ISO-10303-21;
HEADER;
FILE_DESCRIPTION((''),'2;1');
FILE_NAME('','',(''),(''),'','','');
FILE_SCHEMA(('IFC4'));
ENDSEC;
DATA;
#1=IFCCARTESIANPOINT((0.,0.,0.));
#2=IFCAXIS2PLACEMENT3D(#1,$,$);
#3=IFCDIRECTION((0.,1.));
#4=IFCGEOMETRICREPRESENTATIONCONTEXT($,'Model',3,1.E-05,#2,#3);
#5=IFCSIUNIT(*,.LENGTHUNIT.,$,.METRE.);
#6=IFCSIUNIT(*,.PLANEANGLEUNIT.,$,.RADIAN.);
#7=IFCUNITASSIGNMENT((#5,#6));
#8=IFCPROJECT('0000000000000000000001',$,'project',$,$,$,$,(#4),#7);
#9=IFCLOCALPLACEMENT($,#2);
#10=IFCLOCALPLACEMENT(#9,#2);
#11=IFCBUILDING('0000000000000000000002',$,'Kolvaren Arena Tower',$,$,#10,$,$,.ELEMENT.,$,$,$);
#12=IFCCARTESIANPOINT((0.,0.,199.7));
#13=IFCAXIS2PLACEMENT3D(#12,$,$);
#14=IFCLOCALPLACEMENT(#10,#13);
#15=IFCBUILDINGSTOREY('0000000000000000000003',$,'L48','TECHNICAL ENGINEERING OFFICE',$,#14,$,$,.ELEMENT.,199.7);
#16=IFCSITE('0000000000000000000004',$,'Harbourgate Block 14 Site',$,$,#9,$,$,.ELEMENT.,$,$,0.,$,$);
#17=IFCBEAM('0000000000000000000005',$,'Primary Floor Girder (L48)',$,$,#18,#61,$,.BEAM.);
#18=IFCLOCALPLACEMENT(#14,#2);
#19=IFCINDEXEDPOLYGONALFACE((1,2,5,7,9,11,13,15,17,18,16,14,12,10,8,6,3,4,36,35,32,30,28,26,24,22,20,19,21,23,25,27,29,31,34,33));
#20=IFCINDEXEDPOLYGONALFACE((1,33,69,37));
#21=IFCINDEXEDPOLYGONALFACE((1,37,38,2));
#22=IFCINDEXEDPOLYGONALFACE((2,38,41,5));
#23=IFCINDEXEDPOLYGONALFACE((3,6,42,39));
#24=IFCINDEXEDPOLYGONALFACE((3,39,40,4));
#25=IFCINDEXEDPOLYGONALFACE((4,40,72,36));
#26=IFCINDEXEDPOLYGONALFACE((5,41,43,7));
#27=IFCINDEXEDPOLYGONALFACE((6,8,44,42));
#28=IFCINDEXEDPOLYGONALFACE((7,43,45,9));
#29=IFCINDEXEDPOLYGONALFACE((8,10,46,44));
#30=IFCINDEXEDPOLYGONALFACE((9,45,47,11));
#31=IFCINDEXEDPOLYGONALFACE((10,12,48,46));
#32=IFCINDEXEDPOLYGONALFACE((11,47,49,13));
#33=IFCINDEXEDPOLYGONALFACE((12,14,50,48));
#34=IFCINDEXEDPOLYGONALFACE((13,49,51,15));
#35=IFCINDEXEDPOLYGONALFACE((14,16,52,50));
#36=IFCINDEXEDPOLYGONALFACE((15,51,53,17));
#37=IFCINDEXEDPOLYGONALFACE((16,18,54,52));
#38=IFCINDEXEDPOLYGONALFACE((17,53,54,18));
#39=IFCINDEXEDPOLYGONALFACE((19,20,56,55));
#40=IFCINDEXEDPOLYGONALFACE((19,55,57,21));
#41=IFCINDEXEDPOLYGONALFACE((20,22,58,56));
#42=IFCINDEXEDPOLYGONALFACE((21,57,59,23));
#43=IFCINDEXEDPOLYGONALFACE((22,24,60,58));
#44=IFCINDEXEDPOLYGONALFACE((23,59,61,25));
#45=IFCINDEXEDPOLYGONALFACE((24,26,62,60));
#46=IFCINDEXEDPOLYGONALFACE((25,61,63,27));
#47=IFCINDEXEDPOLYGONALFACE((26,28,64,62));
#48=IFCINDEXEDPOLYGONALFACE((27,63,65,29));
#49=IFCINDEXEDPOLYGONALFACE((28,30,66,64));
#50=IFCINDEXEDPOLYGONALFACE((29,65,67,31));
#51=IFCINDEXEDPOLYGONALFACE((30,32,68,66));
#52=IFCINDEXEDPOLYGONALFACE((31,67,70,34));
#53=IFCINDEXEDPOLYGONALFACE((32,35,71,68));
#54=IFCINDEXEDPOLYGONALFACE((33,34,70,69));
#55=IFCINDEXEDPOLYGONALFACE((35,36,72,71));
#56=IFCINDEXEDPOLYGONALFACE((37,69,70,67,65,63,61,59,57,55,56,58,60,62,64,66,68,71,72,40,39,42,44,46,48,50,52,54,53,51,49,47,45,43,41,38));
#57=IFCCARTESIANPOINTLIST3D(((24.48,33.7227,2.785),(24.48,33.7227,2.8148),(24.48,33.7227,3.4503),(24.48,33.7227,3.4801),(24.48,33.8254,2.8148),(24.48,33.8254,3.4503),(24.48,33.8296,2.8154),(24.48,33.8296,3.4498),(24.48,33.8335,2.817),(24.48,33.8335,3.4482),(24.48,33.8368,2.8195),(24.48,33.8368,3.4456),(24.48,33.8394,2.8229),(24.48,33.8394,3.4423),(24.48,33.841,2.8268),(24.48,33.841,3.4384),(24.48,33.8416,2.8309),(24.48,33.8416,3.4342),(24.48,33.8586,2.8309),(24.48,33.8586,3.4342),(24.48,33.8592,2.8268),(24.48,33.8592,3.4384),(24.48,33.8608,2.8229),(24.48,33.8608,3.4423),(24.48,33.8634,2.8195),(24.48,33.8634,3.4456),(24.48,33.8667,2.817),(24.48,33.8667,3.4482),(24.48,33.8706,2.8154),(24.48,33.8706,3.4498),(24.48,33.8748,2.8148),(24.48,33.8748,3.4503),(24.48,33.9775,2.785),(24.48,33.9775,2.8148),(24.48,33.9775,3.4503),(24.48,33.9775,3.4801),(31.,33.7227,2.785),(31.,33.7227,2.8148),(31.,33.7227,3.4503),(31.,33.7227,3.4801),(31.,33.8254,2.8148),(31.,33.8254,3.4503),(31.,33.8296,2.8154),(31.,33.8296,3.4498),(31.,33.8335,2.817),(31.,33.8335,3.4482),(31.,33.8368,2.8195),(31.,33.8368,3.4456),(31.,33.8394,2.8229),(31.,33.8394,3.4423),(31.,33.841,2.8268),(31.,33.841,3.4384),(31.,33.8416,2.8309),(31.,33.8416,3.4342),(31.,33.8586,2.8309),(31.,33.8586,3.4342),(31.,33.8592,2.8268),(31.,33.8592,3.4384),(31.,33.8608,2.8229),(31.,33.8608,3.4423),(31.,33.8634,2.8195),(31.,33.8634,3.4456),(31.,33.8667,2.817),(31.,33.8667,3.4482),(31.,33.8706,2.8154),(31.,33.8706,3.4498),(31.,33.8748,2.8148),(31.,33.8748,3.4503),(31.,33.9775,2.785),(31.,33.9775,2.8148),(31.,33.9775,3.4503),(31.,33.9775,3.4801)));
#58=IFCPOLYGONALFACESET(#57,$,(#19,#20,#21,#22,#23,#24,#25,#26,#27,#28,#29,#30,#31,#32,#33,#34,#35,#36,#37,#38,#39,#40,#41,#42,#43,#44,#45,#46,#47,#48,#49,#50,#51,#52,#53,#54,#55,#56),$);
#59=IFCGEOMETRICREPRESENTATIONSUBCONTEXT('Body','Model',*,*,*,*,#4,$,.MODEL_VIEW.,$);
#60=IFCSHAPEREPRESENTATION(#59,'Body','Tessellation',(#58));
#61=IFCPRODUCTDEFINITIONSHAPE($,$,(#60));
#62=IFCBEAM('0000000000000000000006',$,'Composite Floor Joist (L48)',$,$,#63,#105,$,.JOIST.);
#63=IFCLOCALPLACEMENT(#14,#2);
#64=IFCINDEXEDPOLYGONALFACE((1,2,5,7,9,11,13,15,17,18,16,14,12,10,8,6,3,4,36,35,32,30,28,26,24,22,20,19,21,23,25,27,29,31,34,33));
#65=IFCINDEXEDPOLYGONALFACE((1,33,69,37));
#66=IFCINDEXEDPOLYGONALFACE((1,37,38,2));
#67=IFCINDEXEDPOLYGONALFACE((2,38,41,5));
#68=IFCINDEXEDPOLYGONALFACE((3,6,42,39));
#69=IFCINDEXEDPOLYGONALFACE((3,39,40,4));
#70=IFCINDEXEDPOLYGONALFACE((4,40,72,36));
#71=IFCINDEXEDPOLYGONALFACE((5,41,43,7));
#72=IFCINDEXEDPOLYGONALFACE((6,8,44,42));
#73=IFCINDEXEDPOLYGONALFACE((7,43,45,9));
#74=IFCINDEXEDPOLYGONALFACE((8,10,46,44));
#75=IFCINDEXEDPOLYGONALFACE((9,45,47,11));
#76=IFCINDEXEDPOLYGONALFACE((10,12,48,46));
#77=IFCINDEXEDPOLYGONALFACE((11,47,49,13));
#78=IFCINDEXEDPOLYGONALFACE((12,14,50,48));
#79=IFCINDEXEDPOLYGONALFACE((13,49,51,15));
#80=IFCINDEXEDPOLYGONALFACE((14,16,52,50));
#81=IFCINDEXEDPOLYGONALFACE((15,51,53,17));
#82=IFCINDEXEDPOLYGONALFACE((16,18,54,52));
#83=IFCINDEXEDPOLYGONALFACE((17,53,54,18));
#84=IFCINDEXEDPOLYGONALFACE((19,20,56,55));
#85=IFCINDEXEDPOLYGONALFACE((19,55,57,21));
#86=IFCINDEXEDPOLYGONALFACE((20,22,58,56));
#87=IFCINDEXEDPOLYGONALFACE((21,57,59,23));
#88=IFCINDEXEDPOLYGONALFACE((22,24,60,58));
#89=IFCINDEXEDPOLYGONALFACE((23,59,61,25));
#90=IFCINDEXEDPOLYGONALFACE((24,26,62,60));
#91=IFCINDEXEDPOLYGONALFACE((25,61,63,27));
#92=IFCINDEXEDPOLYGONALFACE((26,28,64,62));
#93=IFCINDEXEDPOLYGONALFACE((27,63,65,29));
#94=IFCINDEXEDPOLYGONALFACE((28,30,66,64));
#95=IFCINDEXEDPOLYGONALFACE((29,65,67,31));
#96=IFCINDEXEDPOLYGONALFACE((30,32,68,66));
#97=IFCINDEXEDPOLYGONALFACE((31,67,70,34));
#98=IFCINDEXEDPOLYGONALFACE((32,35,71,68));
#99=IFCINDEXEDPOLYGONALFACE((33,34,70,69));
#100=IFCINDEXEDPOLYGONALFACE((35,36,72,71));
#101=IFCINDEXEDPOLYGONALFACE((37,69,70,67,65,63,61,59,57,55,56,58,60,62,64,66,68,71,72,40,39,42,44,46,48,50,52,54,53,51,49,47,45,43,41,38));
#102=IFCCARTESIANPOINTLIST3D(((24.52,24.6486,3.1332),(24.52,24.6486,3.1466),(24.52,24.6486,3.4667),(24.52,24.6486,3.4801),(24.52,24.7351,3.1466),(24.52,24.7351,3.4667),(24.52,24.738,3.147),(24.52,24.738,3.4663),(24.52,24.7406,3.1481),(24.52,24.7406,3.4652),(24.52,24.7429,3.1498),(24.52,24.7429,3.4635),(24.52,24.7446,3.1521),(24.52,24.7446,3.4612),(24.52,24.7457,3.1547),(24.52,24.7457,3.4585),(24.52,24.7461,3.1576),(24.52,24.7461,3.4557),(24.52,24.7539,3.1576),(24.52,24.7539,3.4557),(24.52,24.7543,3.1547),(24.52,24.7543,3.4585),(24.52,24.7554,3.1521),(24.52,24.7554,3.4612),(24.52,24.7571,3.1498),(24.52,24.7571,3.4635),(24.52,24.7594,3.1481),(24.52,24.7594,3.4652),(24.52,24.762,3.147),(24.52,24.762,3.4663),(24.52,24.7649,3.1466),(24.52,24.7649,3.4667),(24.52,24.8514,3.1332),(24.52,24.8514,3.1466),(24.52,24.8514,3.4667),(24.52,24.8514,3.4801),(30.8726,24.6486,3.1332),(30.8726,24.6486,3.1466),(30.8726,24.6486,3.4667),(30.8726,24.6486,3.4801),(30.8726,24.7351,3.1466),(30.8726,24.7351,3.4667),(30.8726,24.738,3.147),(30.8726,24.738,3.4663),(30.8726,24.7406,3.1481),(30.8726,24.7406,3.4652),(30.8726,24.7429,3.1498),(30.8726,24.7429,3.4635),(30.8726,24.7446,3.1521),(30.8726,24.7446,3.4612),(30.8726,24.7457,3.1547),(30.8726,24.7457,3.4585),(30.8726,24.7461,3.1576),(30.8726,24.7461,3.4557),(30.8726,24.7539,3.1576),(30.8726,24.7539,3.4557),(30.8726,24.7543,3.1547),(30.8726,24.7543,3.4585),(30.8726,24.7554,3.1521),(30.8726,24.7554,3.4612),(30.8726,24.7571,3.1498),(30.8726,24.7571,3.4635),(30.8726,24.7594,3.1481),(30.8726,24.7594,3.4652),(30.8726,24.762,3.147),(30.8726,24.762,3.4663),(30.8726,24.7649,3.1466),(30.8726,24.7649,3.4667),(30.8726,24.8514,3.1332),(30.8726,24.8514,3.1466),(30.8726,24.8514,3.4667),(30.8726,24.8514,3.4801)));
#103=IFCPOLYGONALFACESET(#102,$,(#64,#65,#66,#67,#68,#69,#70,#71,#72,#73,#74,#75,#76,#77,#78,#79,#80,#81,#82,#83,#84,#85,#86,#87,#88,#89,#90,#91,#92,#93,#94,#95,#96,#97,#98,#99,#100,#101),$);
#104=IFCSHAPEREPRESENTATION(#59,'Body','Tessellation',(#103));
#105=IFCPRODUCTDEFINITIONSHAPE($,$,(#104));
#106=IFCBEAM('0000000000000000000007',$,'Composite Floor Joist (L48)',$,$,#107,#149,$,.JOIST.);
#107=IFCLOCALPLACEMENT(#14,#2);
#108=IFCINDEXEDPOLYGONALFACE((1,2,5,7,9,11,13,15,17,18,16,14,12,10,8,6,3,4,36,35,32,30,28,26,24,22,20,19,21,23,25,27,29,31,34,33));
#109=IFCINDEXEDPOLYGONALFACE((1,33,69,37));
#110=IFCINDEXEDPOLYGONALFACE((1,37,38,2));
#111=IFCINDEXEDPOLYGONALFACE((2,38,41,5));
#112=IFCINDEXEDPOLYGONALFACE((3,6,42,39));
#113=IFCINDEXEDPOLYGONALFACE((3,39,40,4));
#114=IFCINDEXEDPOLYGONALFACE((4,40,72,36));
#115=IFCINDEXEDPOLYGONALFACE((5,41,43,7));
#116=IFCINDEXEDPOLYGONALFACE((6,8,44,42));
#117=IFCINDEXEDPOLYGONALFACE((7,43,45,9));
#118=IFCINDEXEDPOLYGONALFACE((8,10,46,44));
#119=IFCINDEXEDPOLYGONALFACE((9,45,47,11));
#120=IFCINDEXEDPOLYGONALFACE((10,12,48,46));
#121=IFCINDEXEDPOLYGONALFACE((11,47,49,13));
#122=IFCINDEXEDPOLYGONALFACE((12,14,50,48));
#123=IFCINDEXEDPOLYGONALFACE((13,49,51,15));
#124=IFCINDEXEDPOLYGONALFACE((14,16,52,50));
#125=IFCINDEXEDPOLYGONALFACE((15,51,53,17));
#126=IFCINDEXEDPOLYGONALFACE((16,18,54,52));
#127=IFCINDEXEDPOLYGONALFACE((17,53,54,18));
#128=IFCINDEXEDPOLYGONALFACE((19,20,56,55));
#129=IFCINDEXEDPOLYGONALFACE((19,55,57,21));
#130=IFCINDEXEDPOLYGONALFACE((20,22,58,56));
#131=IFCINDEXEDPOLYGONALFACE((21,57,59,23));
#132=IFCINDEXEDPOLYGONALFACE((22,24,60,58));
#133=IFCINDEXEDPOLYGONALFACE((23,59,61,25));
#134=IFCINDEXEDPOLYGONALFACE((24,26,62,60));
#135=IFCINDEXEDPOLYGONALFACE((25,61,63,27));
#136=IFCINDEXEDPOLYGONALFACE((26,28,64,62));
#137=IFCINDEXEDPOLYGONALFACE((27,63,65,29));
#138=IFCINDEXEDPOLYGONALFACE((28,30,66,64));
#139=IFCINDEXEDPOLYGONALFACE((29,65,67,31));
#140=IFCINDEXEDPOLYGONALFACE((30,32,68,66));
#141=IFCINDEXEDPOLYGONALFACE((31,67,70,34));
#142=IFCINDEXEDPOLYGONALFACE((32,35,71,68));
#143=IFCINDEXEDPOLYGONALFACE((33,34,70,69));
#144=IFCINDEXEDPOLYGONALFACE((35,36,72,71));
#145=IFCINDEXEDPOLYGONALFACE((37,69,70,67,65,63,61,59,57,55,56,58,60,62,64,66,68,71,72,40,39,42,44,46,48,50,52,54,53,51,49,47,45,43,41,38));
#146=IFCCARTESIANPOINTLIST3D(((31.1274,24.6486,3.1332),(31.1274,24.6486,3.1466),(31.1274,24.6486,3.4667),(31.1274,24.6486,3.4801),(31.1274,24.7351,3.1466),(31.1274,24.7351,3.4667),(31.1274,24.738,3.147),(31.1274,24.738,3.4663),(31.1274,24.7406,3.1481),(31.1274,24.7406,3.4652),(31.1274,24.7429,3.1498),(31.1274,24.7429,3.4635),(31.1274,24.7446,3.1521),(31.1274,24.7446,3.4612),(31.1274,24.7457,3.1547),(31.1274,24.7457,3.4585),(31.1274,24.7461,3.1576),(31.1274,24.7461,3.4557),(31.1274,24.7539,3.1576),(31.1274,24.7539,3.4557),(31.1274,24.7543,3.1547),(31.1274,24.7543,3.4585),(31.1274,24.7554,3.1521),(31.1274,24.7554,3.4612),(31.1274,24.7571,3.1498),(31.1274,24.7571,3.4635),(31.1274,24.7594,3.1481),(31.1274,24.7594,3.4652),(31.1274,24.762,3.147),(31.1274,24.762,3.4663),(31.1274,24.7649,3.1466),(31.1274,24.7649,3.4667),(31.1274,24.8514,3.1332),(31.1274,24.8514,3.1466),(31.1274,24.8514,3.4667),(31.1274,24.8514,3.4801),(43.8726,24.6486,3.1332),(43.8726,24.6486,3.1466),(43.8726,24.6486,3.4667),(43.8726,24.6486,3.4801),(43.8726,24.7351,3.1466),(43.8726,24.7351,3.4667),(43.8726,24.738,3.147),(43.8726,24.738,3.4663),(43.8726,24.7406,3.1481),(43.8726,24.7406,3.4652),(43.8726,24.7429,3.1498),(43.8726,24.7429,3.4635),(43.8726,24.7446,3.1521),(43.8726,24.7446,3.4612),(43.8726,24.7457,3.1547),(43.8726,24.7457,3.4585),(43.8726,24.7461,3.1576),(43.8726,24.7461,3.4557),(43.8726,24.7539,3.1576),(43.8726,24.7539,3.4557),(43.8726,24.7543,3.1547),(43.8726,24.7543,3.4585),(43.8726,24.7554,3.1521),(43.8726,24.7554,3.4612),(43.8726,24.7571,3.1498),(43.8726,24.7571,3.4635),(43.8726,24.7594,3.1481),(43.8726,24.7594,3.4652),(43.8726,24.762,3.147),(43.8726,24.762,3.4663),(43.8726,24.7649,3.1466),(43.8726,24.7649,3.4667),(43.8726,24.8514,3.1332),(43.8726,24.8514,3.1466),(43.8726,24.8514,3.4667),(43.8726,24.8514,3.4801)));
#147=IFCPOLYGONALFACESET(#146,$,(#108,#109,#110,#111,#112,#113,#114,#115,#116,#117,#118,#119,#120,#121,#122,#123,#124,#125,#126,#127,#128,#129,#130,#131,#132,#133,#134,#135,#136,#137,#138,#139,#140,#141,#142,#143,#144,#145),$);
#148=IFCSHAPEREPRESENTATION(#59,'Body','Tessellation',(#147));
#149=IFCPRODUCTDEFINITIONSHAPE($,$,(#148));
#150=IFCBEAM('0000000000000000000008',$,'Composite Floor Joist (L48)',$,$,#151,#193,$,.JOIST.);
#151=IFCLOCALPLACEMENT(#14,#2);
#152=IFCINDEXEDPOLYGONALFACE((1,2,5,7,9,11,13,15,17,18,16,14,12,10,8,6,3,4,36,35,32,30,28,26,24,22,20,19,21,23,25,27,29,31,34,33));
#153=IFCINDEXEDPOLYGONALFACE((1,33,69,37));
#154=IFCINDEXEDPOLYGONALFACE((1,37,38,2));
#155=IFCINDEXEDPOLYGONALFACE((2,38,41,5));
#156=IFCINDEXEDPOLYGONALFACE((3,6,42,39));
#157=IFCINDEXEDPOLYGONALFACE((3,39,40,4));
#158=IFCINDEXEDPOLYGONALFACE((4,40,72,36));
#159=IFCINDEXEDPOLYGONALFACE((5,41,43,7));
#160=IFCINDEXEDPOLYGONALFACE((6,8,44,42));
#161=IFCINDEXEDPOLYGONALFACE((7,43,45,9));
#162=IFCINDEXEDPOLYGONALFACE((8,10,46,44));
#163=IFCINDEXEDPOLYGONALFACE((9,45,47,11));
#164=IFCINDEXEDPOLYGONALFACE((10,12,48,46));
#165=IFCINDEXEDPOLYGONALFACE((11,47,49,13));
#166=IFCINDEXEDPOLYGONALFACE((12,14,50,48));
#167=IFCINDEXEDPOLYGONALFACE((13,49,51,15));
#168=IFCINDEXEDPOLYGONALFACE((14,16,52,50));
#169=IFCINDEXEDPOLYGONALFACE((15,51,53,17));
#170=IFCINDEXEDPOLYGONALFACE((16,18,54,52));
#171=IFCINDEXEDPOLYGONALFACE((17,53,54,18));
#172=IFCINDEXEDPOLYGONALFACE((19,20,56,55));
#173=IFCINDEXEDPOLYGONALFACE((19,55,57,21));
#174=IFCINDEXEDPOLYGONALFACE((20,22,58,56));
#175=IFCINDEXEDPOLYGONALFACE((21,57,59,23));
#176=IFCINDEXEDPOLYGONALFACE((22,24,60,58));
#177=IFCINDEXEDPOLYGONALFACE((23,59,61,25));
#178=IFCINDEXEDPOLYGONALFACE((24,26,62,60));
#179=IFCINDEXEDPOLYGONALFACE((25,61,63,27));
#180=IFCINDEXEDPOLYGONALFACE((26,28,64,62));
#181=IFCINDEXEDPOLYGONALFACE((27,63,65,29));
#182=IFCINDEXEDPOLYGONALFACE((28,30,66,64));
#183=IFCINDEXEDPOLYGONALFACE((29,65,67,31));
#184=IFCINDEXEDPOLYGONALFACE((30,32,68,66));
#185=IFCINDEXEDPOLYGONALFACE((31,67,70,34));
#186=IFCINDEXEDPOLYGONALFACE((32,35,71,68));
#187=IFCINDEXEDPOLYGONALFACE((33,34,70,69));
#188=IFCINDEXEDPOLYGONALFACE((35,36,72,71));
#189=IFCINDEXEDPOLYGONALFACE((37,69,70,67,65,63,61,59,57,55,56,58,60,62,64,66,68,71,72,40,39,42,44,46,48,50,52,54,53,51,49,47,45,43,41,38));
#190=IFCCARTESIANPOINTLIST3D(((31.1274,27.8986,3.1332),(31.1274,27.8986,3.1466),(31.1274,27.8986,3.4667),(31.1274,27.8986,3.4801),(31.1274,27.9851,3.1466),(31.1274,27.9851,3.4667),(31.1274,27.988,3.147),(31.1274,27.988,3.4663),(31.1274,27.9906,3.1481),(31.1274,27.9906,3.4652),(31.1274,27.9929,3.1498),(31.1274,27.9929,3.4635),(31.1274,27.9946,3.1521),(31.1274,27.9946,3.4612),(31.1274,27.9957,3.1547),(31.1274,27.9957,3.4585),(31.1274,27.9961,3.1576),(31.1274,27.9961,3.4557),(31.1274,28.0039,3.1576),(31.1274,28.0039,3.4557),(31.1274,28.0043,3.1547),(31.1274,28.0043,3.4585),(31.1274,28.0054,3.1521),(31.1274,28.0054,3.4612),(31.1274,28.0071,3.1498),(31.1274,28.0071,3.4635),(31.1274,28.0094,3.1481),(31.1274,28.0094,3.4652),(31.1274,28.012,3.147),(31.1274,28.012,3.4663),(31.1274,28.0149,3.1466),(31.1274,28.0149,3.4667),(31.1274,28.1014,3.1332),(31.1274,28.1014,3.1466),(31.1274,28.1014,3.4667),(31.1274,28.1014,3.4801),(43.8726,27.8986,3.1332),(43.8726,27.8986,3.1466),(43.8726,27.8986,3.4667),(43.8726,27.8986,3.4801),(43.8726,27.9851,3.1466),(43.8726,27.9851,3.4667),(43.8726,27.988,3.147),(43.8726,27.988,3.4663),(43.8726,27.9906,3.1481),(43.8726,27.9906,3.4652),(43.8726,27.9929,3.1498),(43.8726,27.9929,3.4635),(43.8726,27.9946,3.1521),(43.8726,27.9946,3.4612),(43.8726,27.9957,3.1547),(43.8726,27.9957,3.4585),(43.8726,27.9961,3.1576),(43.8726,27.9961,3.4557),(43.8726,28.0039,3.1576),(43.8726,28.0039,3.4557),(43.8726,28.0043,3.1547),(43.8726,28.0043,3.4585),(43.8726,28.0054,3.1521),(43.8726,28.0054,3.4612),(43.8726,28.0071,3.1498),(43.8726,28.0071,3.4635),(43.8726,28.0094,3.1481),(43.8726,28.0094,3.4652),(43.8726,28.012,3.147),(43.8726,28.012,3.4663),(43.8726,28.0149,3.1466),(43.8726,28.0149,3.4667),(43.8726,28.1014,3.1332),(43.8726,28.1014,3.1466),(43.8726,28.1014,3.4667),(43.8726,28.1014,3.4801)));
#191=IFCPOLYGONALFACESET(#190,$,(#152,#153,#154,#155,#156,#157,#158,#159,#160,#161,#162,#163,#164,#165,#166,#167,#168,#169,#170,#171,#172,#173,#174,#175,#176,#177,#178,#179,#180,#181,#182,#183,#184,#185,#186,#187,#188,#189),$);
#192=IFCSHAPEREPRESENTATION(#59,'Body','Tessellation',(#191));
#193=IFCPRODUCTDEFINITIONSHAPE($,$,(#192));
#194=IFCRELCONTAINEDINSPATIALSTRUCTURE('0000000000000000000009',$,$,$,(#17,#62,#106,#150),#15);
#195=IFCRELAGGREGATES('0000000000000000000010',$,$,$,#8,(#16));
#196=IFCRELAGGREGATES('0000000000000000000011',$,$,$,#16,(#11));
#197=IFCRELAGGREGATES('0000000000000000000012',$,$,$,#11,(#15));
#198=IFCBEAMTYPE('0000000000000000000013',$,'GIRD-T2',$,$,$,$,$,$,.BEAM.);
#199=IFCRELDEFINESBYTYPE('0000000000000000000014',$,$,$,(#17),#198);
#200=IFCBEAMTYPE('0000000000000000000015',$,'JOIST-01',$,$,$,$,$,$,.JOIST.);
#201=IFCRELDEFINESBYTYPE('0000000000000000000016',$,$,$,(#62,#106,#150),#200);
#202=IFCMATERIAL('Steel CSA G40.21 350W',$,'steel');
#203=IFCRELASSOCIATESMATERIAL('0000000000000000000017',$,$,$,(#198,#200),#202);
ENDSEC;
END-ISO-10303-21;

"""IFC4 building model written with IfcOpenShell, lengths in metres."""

from ifc_helpers import new_model, si_unit, direction, frame, origin, origin_2d, place, context, subcontext, project, spatial, i_section, extrude, material, material_profile, profile_set, type_object, element, save


model = new_model("IFC4")

# Units and contexts
model_context = context("Model", 3, precision=1e-05, world=origin(), true_north=direction((0.0, 1.0)))
body_context = subcontext(model_context, "Body", "Model", "MODEL_VIEW")
ifc_project = project(units=[si_unit("LENGTHUNIT", "METRE"), si_unit("PLANEANGLEUNIT", "RADIAN")], contexts=[model_context])

# Site, building, storey
site_placement = place(None, origin())
site = spatial("IfcSite", under=ifc_project, at=site_placement, Name="Harbourgate Block 14 Site", CompositionType="ELEMENT", RefElevation=0.0)
building_placement = place(site_placement, origin())
building = spatial("IfcBuilding", under=site, at=building_placement, Name="Kolvaren Arena Tower", CompositionType="ELEMENT")
storey_placement = place(building_placement, frame((0.0, 0.0, 199.7)))
storey = spatial("IfcBuildingStorey", under=building, at=storey_placement, Name="L48", Description="TECHNICAL ENGINEERING OFFICE", CompositionType="ELEMENT", Elevation=199.7)

# Beams
ifc_material_1 = material(Name="Steel CSA G40.21 350W", Category="steel")
ifc_material_profile_1 = material_profile(ifc_material_1, i_section(OverallWidth=0.2549, OverallDepth=0.6951, WebThickness=0.0171, FlangeThickness=0.0298, FilletRadius=0.0161, at=origin_2d()), Name="W690x217")
ifc_profile_set_1 = profile_set([ifc_material_profile_1], Name="Steel CSA G40.21 350W")
beam_type_1 = type_object("IfcBeamType", Name="GIRD-T2", PredefinedType="BEAM", material=ifc_profile_set_1)
beam_1_placement = place(storey_placement, frame((24.48, 33.8501, 3.1326), z_axis=(1.0, 0.0, 0.0), x_axis=(0.0, 1.0, 0.0)))
element("IfcBeam", 1, at=beam_1_placement, inside=storey, type_object=beam_type_1, Name="Primary Floor Girder (L48)", PredefinedType="BEAM", context=body_context, shape_type="SweptSolid", body=[
    extrude(i_section(OverallWidth=0.2549, OverallDepth=0.6951, WebThickness=0.0171, FlangeThickness=0.0298, FilletRadius=0.0161, at=origin_2d()), origin(), (0.0, 0.0, 1.0), 6.52),
])
ifc_material_profile_2 = material_profile(ifc_material_1, i_section(OverallWidth=0.2029, OverallDepth=0.3469, WebThickness=0.0078, FlangeThickness=0.0134, FilletRadius=0.011, at=origin_2d()), Name="W360x64")
ifc_profile_set_2 = profile_set([ifc_material_profile_2], Name="Steel CSA G40.21 350W")
beam_type_2 = type_object("IfcBeamType", Name="JOIST-01", PredefinedType="JOIST", material=ifc_profile_set_2)
beam_2_placement = place(storey_placement, frame((24.52, 24.75, 3.3066), z_axis=(1.0, 0.0, 0.0), x_axis=(0.0, 1.0, 0.0)))
element("IfcBeam", 2, at=beam_2_placement, inside=storey, type_object=beam_type_2, Name="Composite Floor Joist (L48)", PredefinedType="JOIST", context=body_context, shape_type="SweptSolid", body=[
    extrude(i_section(OverallWidth=0.2029, OverallDepth=0.3469, WebThickness=0.0078, FlangeThickness=0.0134, FilletRadius=0.011, at=origin_2d()), origin(), (0.0, 0.0, 1.0), 6.3525),
])
for number, where, z_axis, x_axis, name in (
    (3, (31.1274, 24.75, 3.3066), (1.0, 0.0, 0.0), (0.0, 1.0, 0.0), "Composite Floor Joist (L48)"),
    (4, (31.1274, 28.0, 3.3066), (1.0, 0.0, 0.0), (0.0, 1.0, 0.0), "Composite Floor Joist (L48)"),
):
    element("IfcBeam", number, at=place(storey_placement, frame(where, z_axis=z_axis, x_axis=x_axis)), inside=storey, type_object=beam_type_2, Name=name, PredefinedType="JOIST", context=body_context, shape_type="SweptSolid", body=[
        extrude(i_section(OverallWidth=0.2029, OverallDepth=0.3469, WebThickness=0.0078, FlangeThickness=0.0134, FilletRadius=0.011, at=origin_2d()), origin(), (0.0, 0.0, 1.0), 12.7451),
    ])

save(model, "model.ifc")
